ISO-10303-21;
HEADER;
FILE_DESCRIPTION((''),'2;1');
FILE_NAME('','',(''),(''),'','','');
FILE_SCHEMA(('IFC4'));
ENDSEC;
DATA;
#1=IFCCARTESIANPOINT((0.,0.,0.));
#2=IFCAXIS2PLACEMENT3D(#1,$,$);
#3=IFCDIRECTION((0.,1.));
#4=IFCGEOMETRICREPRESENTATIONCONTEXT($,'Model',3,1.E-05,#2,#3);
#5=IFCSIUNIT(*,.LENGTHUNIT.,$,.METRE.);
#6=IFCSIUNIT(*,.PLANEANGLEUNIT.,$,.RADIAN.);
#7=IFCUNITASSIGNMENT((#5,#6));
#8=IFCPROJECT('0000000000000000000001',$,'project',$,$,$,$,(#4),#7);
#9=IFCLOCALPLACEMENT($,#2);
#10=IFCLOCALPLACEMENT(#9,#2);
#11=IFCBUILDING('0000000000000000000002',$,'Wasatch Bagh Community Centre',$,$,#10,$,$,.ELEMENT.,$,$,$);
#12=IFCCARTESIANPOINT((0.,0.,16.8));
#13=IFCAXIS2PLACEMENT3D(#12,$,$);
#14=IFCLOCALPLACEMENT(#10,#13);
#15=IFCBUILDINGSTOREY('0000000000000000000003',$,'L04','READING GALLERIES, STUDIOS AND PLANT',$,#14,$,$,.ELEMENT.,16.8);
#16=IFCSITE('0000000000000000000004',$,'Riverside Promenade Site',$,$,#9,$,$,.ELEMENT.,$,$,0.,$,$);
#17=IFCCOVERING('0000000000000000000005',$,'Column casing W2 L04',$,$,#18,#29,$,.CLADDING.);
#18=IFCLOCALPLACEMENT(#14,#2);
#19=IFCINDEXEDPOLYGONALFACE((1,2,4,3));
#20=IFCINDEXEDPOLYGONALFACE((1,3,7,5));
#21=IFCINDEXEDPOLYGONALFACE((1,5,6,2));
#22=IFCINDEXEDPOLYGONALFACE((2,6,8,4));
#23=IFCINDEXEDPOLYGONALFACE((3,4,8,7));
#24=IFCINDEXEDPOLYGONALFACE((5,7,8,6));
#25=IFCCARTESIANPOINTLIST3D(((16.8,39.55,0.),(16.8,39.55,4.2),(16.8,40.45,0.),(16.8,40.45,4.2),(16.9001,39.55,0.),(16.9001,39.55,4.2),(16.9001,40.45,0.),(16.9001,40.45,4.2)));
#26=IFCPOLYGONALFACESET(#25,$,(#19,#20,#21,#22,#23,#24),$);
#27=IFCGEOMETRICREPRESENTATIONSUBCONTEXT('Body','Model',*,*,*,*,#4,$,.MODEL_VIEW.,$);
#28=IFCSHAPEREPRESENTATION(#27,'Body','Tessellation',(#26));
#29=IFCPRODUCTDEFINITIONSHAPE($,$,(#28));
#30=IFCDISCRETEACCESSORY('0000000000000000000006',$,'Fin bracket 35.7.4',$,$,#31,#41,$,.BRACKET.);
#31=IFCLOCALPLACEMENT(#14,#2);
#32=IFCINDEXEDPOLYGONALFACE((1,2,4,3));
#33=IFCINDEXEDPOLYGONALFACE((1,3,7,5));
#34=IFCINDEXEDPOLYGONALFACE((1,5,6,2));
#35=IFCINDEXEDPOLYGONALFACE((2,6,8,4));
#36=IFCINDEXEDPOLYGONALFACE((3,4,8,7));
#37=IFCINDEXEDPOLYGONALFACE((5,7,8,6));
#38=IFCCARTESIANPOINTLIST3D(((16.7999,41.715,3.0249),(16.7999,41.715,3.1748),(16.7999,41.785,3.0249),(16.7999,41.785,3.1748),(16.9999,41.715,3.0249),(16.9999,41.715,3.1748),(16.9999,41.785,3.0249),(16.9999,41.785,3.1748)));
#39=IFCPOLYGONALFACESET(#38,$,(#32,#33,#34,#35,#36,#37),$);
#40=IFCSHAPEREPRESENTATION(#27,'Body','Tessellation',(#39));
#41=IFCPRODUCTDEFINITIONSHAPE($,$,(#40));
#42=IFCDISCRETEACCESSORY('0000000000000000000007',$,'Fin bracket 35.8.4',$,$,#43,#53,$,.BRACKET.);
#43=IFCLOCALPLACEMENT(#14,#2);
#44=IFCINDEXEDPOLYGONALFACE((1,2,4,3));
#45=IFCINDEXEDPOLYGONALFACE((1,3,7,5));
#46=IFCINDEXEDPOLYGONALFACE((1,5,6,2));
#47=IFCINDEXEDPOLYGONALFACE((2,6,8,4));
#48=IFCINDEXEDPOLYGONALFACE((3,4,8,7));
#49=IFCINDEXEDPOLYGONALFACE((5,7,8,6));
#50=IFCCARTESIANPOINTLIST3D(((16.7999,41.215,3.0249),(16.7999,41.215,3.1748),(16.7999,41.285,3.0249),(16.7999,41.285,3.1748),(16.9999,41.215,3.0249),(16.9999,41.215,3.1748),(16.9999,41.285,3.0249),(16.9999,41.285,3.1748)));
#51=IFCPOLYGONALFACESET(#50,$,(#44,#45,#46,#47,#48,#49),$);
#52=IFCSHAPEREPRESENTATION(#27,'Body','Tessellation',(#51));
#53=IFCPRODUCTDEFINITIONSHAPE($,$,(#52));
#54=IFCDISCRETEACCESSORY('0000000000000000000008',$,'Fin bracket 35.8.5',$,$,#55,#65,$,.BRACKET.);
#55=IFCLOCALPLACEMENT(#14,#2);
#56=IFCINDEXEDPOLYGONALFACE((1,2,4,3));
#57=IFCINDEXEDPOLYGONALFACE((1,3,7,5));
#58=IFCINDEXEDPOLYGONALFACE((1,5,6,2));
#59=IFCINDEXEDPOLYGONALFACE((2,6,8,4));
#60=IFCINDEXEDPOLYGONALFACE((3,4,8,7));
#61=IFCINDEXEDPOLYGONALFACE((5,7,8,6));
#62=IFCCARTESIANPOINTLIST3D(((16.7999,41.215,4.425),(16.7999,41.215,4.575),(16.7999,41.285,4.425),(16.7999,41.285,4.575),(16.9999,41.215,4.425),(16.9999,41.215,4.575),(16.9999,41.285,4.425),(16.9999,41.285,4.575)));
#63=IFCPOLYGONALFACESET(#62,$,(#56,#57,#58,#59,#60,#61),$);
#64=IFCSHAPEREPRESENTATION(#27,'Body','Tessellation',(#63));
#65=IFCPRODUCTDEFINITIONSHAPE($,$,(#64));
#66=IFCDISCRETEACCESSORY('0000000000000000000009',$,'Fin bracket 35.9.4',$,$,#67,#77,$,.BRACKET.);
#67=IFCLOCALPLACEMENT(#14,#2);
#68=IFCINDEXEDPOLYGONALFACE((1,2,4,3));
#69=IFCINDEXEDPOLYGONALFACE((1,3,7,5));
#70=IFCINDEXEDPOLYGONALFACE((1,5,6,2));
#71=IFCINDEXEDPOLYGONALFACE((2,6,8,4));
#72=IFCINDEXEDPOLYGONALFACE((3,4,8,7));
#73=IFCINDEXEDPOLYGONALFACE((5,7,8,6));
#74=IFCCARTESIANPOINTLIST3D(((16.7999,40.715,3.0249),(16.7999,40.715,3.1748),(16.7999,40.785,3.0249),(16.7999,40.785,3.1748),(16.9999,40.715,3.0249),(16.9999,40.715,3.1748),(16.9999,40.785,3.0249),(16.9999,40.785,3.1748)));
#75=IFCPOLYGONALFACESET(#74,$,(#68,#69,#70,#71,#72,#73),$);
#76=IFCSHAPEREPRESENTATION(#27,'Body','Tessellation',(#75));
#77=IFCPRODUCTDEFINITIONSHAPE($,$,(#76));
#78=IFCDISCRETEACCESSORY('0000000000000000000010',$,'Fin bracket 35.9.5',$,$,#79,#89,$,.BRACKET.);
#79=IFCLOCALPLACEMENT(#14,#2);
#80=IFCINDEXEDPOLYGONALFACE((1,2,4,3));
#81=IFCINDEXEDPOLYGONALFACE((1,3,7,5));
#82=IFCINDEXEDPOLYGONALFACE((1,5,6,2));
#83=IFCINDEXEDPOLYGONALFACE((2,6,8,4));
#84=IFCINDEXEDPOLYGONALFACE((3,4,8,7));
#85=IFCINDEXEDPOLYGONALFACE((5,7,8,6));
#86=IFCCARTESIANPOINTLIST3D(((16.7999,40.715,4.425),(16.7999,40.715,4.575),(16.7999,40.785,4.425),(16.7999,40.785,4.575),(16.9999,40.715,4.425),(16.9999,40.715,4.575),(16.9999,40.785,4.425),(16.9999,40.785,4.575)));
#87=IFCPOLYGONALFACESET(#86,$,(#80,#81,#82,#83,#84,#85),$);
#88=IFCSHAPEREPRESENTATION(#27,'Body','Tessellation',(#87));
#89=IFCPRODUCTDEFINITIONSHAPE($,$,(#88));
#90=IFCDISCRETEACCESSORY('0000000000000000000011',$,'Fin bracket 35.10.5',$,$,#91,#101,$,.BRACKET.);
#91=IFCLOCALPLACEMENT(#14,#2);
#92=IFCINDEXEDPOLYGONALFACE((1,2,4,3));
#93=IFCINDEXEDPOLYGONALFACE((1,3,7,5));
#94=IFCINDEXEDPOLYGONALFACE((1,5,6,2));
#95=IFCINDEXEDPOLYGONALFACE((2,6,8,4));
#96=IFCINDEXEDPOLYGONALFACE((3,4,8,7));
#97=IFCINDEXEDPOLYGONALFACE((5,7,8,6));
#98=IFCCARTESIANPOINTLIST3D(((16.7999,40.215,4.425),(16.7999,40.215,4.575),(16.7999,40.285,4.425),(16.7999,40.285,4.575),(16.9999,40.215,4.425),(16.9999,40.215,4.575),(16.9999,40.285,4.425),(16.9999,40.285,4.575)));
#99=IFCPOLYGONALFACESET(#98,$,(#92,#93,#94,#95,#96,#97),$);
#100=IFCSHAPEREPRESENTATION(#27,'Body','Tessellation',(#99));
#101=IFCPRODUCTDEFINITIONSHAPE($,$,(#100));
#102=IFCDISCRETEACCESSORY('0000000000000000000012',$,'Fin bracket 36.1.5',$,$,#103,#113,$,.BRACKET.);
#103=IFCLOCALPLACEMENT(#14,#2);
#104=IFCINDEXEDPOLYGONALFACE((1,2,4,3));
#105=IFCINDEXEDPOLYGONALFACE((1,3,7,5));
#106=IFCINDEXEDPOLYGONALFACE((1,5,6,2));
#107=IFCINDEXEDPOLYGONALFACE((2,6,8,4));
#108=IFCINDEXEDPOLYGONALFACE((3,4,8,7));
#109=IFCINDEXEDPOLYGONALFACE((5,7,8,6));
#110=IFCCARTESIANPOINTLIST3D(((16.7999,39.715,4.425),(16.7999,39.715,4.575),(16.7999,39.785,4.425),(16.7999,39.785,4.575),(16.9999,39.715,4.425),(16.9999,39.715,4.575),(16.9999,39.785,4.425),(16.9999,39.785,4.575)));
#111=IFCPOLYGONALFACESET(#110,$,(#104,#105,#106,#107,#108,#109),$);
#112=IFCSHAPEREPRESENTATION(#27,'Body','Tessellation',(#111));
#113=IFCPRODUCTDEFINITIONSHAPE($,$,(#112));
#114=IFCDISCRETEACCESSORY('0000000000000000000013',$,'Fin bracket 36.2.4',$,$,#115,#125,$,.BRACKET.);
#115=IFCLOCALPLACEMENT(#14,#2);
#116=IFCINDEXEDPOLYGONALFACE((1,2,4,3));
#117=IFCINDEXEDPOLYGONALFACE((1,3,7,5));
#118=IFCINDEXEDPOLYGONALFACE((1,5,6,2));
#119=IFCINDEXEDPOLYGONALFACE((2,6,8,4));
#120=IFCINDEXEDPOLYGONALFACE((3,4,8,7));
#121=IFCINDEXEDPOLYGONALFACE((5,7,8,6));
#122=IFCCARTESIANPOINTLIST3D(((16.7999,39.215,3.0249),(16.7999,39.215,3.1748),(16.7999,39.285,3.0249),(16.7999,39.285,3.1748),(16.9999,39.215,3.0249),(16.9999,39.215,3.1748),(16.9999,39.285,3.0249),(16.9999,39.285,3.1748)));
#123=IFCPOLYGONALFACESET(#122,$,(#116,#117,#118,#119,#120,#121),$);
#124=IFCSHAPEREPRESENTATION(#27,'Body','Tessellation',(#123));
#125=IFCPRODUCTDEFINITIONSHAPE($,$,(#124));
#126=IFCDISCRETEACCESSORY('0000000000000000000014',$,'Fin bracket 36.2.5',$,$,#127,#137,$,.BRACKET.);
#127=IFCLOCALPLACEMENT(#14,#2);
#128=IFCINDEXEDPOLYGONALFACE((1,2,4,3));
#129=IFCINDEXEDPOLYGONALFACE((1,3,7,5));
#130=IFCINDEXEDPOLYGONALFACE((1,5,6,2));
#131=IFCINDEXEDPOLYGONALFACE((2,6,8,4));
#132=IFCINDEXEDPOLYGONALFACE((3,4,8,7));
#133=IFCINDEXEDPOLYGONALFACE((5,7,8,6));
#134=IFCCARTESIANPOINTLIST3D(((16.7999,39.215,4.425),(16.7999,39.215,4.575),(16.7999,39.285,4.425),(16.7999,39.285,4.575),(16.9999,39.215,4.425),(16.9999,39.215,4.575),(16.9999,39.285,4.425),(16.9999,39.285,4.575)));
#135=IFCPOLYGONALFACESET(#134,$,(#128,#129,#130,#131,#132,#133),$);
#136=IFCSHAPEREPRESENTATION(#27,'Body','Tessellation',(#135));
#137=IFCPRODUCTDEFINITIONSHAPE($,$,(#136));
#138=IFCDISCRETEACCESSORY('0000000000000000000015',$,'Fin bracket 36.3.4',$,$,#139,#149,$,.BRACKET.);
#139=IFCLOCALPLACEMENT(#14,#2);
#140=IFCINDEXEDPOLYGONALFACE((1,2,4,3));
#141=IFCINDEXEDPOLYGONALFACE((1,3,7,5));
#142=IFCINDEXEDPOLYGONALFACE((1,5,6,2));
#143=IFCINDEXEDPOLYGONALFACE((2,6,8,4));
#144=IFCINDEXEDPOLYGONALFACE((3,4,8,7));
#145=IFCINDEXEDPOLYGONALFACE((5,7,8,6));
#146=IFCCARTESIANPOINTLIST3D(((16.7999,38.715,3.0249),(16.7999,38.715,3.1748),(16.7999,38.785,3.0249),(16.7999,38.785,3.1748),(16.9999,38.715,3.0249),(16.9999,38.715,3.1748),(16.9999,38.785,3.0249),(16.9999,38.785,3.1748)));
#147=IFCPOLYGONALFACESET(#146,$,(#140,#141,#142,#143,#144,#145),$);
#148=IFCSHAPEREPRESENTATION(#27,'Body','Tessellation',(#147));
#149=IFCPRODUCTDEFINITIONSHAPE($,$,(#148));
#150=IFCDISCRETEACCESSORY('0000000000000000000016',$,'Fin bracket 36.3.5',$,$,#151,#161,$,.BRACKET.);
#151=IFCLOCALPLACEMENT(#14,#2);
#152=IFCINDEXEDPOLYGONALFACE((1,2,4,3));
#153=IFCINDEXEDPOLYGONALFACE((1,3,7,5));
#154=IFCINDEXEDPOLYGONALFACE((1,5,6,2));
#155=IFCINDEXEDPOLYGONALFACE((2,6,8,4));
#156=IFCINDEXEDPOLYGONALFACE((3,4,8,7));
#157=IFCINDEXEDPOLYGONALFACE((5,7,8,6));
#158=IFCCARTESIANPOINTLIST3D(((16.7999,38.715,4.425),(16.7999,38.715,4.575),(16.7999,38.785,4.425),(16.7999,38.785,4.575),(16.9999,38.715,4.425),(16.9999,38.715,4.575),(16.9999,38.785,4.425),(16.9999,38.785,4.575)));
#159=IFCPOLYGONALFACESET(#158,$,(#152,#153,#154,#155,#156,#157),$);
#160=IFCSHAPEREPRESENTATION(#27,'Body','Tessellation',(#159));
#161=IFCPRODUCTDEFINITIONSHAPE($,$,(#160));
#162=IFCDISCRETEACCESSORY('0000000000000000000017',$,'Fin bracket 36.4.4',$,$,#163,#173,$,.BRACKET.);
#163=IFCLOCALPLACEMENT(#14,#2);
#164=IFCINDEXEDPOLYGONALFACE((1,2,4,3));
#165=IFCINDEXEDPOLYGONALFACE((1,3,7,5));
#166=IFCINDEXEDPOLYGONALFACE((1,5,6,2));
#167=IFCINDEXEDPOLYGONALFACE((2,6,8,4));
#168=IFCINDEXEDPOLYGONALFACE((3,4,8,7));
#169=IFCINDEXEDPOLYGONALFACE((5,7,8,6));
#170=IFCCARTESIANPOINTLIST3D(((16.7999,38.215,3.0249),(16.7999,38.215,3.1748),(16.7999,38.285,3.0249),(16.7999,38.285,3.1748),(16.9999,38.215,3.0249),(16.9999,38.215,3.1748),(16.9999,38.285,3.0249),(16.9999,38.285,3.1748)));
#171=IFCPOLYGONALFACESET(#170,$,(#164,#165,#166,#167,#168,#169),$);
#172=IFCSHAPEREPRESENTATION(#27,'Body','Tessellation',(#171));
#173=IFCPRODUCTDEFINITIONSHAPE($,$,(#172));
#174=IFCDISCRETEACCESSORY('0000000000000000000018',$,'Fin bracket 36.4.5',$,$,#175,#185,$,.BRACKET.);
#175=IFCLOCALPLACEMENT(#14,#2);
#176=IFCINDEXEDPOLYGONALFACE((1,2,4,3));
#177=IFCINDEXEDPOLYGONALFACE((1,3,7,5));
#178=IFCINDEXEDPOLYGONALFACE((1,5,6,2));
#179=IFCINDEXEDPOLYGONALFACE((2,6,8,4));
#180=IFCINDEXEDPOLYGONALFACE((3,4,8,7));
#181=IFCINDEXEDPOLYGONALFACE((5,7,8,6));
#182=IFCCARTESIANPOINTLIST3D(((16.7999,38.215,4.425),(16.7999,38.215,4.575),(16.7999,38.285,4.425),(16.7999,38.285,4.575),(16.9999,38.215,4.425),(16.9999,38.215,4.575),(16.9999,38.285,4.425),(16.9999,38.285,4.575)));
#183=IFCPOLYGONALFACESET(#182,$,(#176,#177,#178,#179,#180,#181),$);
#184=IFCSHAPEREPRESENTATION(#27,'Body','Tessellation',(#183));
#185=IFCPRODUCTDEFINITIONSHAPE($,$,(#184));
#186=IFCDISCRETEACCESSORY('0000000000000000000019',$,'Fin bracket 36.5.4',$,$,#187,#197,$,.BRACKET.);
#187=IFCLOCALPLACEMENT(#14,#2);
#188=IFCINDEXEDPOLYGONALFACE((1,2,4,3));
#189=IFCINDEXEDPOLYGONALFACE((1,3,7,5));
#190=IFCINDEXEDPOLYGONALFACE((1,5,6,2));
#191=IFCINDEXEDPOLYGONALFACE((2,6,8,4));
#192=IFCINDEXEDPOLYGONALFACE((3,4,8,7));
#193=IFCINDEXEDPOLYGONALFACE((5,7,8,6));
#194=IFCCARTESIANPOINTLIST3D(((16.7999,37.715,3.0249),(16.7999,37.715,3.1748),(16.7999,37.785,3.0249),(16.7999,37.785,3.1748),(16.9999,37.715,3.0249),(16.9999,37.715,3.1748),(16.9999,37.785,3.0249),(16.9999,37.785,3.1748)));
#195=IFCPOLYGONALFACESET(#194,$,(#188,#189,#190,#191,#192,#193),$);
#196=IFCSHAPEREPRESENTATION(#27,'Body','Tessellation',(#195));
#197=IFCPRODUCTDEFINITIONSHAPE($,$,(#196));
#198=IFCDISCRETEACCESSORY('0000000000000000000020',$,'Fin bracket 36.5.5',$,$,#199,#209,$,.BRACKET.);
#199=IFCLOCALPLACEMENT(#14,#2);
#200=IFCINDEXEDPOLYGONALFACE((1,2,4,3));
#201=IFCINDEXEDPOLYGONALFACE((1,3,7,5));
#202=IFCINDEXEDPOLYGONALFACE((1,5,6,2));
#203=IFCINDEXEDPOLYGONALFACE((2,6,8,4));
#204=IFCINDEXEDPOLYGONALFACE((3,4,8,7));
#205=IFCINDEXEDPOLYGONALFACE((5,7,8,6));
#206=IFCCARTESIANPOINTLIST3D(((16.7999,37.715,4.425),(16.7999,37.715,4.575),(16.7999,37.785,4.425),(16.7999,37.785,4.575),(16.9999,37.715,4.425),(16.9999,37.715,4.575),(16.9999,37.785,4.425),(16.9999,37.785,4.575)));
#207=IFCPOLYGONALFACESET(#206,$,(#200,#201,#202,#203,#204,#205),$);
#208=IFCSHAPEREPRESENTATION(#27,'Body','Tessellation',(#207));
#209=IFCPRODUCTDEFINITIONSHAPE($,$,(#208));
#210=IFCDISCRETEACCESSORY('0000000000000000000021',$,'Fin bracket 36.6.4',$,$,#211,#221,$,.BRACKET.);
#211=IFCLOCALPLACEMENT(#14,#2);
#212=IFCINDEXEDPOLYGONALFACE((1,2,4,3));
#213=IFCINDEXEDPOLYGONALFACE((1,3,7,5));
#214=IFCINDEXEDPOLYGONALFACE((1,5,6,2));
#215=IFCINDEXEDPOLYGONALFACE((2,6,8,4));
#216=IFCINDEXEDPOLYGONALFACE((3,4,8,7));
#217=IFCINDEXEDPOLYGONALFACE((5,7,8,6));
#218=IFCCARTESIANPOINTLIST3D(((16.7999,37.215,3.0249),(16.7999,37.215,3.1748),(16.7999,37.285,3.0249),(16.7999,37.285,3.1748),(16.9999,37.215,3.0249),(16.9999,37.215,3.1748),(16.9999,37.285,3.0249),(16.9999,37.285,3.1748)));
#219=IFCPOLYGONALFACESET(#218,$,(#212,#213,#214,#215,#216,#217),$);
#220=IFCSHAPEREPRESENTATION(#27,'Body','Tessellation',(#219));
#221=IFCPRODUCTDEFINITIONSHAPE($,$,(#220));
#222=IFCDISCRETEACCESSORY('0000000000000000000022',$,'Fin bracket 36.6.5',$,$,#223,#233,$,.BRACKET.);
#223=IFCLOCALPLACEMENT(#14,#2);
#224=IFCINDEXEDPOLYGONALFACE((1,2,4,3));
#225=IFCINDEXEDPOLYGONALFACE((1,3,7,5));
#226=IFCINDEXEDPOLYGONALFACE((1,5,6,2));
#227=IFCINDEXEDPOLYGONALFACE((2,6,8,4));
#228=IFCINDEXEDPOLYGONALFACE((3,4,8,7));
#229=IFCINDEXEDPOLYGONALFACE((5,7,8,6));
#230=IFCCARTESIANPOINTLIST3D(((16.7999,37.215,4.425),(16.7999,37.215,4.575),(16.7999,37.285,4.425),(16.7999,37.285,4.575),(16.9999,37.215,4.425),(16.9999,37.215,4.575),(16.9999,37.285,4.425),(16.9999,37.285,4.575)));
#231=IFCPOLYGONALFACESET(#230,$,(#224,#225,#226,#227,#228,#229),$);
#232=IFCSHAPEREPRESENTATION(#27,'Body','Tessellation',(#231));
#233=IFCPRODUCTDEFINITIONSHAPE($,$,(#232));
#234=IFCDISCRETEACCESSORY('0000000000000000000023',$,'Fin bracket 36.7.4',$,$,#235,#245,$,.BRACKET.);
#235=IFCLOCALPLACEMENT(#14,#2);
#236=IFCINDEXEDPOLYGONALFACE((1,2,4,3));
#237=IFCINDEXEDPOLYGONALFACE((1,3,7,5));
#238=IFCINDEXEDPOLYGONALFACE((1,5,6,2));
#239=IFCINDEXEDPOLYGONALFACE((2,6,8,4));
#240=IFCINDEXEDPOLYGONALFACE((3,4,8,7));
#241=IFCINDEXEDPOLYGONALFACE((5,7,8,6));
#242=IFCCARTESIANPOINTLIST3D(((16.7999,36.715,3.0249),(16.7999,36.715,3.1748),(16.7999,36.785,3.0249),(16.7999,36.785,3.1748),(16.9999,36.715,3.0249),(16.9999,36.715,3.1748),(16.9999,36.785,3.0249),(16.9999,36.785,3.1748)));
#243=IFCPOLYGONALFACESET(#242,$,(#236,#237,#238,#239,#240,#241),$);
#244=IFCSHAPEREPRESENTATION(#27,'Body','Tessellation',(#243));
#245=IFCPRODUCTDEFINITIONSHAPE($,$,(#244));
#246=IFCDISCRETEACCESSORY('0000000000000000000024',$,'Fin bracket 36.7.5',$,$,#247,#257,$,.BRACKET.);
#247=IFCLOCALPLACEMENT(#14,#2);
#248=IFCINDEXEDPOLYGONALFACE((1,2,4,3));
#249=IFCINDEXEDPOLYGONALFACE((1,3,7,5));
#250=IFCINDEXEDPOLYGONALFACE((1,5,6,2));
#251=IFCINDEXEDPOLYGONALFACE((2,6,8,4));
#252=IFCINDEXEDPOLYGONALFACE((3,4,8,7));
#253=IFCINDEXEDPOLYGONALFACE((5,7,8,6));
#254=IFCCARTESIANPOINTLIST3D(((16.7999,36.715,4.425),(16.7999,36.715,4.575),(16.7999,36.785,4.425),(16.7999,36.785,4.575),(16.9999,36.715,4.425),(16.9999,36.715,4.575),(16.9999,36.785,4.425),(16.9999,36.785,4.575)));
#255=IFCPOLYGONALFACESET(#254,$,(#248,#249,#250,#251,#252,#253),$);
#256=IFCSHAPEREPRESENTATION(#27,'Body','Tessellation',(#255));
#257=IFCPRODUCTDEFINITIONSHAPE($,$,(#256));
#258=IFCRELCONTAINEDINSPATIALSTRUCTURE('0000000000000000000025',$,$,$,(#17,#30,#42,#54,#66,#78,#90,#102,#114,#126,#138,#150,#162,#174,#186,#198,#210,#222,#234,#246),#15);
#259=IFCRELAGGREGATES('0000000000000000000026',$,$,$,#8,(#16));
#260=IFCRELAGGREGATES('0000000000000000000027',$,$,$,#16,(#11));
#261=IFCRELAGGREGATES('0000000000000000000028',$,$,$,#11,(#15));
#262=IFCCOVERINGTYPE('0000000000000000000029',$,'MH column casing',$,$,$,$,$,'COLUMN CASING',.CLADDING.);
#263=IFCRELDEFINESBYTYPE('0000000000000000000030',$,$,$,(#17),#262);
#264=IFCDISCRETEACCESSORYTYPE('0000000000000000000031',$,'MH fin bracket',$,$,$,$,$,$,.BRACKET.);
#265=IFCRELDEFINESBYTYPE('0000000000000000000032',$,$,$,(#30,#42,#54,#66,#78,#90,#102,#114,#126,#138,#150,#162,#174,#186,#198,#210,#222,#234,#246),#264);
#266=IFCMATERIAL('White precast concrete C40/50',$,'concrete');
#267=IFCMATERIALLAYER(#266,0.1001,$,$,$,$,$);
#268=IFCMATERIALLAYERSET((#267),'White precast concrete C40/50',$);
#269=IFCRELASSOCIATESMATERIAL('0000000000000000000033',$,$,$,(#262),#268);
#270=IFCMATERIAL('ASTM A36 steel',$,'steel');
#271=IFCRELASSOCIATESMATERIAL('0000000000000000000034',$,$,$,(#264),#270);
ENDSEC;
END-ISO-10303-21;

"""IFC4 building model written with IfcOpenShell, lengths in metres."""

from ifc_helpers import new_model, si_unit, direction, frame, origin, origin_2d, place, context, subcontext, project, spatial, rectangle, extrude, material, layer, layer_set, type_object, element, save


model = new_model("IFC4")

# Units and contexts
model_context = context("Model", 3, precision=1e-05, world=origin(), true_north=direction((0.0, 1.0)))
body_context = subcontext(model_context, "Body", "Model", "MODEL_VIEW")
ifc_project = project(units=[si_unit("LENGTHUNIT", "METRE"), si_unit("PLANEANGLEUNIT", "RADIAN")], contexts=[model_context])

# Site, building, storey
site_placement = place(None, origin())
site = spatial("IfcSite", under=ifc_project, at=site_placement, Name="Riverside Promenade Site", CompositionType="ELEMENT", RefElevation=0.0)
building_placement = place(site_placement, origin())
building = spatial("IfcBuilding", under=site, at=building_placement, Name="Wasatch Bagh Community Centre", CompositionType="ELEMENT")
storey_placement = place(building_placement, frame((0.0, 0.0, 16.8)))
storey = spatial("IfcBuildingStorey", under=building, at=storey_placement, Name="L04", Description="READING GALLERIES, STUDIOS AND PLANT", CompositionType="ELEMENT", Elevation=16.8)

# Covering
ifc_material_1 = material(Name="White precast concrete C40/50", Category="concrete")
ifc_layer = layer(ifc_material_1, 0.1001)
ifc_layer_set = layer_set([ifc_layer], Name="White precast concrete C40/50")
covering_type = type_object("IfcCoveringType", Name="MH column casing", ElementType="COLUMN CASING", PredefinedType="CLADDING", material=ifc_layer_set)
covering_placement = place(storey_placement, frame((16.8501, 40.0, 0.0), z_axis=(0.0, 0.0, 1.0), x_axis=(0.0, -1.0, 0.0)))
element("IfcCovering", 1, at=covering_placement, inside=storey, type_object=covering_type, Name="Column casing W2 L04", PredefinedType="CLADDING", context=body_context, shape_type="SweptSolid", body=[
    extrude(rectangle(XDim=0.8999, YDim=0.1001, at=origin_2d()), origin(), (0.0, 0.0, 1.0), 4.2),
])

# Discrete accessories
ifc_material_2 = material(Name="ASTM A36 steel", Category="steel")
discrete_accessory_type = type_object("IfcDiscreteAccessoryType", Name="MH fin bracket", PredefinedType="BRACKET", material=ifc_material_2)
for number, where, z_axis, x_axis, name in (
    (2, (16.8999, 41.75, 3.0249), (0.0, 0.0, 1.0), (0.0, -1.0, 0.0), "Fin bracket 35.7.4"),
    (3, (16.8999, 41.25, 3.0249), (0.0, 0.0, 1.0), (0.0, -1.0, 0.0), "Fin bracket 35.8.4"),
    (4, (16.8999, 41.25, 4.425), (0.0, 0.0, 1.0), (0.0, -1.0, 0.0), "Fin bracket 35.8.5"),
    (5, (16.8999, 40.75, 3.0249), (0.0, 0.0, 1.0), (0.0, -1.0, 0.0), "Fin bracket 35.9.4"),
    (6, (16.8999, 40.75, 4.425), (0.0, 0.0, 1.0), (0.0, -1.0, 0.0), "Fin bracket 35.9.5"),
    (7, (16.8999, 40.25, 4.425), (0.0, 0.0, 1.0), (0.0, -1.0, 0.0), "Fin bracket 35.10.5"),
    (8, (16.8999, 39.75, 4.425), (0.0, 0.0, 1.0), (0.0, -1.0, 0.0), "Fin bracket 36.1.5"),
    (9, (16.8999, 39.25, 3.0249), (0.0, 0.0, 1.0), (0.0, -1.0, 0.0), "Fin bracket 36.2.4"),
    (10, (16.8999, 39.25, 4.425), (0.0, 0.0, 1.0), (0.0, -1.0, 0.0), "Fin bracket 36.2.5"),
    (11, (16.8999, 38.75, 3.0249), (0.0, 0.0, 1.0), (0.0, -1.0, 0.0), "Fin bracket 36.3.4"),
    (12, (16.8999, 38.75, 4.425), (0.0, 0.0, 1.0), (0.0, -1.0, 0.0), "Fin bracket 36.3.5"),
    (13, (16.8999, 38.25, 3.0249), (0.0, 0.0, 1.0), (0.0, -1.0, 0.0), "Fin bracket 36.4.4"),
    (14, (16.8999, 38.25, 4.425), (0.0, 0.0, 1.0), (0.0, -1.0, 0.0), "Fin bracket 36.4.5"),
    (15, (16.8999, 37.75, 3.0249), (0.0, 0.0, 1.0), (0.0, -1.0, 0.0), "Fin bracket 36.5.4"),
    (16, (16.8999, 37.75, 4.425), (0.0, 0.0, 1.0), (0.0, -1.0, 0.0), "Fin bracket 36.5.5"),
    (17, (16.8999, 37.25, 3.0249), (0.0, 0.0, 1.0), (0.0, -1.0, 0.0), "Fin bracket 36.6.4"),
    (18, (16.8999, 37.25, 4.425), (0.0, 0.0, 1.0), (0.0, -1.0, 0.0), "Fin bracket 36.6.5"),
    (19, (16.8999, 36.75, 3.0249), (0.0, 0.0, 1.0), (0.0, -1.0, 0.0), "Fin bracket 36.7.4"),
    (20, (16.8999, 36.75, 4.425), (0.0, 0.0, 1.0), (0.0, -1.0, 0.0), "Fin bracket 36.7.5"),
):
    element("IfcDiscreteAccessory", number, at=place(storey_placement, frame(where, z_axis=z_axis, x_axis=x_axis)), inside=storey, type_object=discrete_accessory_type, Name=name, PredefinedType="BRACKET", context=body_context, shape_type="SweptSolid", body=[
        extrude(rectangle(XDim=0.0701, YDim=0.2, at=origin_2d()), origin(), (0.0, 0.0, 1.0), 0.1499),
    ])

save(model, "model.ifc")
